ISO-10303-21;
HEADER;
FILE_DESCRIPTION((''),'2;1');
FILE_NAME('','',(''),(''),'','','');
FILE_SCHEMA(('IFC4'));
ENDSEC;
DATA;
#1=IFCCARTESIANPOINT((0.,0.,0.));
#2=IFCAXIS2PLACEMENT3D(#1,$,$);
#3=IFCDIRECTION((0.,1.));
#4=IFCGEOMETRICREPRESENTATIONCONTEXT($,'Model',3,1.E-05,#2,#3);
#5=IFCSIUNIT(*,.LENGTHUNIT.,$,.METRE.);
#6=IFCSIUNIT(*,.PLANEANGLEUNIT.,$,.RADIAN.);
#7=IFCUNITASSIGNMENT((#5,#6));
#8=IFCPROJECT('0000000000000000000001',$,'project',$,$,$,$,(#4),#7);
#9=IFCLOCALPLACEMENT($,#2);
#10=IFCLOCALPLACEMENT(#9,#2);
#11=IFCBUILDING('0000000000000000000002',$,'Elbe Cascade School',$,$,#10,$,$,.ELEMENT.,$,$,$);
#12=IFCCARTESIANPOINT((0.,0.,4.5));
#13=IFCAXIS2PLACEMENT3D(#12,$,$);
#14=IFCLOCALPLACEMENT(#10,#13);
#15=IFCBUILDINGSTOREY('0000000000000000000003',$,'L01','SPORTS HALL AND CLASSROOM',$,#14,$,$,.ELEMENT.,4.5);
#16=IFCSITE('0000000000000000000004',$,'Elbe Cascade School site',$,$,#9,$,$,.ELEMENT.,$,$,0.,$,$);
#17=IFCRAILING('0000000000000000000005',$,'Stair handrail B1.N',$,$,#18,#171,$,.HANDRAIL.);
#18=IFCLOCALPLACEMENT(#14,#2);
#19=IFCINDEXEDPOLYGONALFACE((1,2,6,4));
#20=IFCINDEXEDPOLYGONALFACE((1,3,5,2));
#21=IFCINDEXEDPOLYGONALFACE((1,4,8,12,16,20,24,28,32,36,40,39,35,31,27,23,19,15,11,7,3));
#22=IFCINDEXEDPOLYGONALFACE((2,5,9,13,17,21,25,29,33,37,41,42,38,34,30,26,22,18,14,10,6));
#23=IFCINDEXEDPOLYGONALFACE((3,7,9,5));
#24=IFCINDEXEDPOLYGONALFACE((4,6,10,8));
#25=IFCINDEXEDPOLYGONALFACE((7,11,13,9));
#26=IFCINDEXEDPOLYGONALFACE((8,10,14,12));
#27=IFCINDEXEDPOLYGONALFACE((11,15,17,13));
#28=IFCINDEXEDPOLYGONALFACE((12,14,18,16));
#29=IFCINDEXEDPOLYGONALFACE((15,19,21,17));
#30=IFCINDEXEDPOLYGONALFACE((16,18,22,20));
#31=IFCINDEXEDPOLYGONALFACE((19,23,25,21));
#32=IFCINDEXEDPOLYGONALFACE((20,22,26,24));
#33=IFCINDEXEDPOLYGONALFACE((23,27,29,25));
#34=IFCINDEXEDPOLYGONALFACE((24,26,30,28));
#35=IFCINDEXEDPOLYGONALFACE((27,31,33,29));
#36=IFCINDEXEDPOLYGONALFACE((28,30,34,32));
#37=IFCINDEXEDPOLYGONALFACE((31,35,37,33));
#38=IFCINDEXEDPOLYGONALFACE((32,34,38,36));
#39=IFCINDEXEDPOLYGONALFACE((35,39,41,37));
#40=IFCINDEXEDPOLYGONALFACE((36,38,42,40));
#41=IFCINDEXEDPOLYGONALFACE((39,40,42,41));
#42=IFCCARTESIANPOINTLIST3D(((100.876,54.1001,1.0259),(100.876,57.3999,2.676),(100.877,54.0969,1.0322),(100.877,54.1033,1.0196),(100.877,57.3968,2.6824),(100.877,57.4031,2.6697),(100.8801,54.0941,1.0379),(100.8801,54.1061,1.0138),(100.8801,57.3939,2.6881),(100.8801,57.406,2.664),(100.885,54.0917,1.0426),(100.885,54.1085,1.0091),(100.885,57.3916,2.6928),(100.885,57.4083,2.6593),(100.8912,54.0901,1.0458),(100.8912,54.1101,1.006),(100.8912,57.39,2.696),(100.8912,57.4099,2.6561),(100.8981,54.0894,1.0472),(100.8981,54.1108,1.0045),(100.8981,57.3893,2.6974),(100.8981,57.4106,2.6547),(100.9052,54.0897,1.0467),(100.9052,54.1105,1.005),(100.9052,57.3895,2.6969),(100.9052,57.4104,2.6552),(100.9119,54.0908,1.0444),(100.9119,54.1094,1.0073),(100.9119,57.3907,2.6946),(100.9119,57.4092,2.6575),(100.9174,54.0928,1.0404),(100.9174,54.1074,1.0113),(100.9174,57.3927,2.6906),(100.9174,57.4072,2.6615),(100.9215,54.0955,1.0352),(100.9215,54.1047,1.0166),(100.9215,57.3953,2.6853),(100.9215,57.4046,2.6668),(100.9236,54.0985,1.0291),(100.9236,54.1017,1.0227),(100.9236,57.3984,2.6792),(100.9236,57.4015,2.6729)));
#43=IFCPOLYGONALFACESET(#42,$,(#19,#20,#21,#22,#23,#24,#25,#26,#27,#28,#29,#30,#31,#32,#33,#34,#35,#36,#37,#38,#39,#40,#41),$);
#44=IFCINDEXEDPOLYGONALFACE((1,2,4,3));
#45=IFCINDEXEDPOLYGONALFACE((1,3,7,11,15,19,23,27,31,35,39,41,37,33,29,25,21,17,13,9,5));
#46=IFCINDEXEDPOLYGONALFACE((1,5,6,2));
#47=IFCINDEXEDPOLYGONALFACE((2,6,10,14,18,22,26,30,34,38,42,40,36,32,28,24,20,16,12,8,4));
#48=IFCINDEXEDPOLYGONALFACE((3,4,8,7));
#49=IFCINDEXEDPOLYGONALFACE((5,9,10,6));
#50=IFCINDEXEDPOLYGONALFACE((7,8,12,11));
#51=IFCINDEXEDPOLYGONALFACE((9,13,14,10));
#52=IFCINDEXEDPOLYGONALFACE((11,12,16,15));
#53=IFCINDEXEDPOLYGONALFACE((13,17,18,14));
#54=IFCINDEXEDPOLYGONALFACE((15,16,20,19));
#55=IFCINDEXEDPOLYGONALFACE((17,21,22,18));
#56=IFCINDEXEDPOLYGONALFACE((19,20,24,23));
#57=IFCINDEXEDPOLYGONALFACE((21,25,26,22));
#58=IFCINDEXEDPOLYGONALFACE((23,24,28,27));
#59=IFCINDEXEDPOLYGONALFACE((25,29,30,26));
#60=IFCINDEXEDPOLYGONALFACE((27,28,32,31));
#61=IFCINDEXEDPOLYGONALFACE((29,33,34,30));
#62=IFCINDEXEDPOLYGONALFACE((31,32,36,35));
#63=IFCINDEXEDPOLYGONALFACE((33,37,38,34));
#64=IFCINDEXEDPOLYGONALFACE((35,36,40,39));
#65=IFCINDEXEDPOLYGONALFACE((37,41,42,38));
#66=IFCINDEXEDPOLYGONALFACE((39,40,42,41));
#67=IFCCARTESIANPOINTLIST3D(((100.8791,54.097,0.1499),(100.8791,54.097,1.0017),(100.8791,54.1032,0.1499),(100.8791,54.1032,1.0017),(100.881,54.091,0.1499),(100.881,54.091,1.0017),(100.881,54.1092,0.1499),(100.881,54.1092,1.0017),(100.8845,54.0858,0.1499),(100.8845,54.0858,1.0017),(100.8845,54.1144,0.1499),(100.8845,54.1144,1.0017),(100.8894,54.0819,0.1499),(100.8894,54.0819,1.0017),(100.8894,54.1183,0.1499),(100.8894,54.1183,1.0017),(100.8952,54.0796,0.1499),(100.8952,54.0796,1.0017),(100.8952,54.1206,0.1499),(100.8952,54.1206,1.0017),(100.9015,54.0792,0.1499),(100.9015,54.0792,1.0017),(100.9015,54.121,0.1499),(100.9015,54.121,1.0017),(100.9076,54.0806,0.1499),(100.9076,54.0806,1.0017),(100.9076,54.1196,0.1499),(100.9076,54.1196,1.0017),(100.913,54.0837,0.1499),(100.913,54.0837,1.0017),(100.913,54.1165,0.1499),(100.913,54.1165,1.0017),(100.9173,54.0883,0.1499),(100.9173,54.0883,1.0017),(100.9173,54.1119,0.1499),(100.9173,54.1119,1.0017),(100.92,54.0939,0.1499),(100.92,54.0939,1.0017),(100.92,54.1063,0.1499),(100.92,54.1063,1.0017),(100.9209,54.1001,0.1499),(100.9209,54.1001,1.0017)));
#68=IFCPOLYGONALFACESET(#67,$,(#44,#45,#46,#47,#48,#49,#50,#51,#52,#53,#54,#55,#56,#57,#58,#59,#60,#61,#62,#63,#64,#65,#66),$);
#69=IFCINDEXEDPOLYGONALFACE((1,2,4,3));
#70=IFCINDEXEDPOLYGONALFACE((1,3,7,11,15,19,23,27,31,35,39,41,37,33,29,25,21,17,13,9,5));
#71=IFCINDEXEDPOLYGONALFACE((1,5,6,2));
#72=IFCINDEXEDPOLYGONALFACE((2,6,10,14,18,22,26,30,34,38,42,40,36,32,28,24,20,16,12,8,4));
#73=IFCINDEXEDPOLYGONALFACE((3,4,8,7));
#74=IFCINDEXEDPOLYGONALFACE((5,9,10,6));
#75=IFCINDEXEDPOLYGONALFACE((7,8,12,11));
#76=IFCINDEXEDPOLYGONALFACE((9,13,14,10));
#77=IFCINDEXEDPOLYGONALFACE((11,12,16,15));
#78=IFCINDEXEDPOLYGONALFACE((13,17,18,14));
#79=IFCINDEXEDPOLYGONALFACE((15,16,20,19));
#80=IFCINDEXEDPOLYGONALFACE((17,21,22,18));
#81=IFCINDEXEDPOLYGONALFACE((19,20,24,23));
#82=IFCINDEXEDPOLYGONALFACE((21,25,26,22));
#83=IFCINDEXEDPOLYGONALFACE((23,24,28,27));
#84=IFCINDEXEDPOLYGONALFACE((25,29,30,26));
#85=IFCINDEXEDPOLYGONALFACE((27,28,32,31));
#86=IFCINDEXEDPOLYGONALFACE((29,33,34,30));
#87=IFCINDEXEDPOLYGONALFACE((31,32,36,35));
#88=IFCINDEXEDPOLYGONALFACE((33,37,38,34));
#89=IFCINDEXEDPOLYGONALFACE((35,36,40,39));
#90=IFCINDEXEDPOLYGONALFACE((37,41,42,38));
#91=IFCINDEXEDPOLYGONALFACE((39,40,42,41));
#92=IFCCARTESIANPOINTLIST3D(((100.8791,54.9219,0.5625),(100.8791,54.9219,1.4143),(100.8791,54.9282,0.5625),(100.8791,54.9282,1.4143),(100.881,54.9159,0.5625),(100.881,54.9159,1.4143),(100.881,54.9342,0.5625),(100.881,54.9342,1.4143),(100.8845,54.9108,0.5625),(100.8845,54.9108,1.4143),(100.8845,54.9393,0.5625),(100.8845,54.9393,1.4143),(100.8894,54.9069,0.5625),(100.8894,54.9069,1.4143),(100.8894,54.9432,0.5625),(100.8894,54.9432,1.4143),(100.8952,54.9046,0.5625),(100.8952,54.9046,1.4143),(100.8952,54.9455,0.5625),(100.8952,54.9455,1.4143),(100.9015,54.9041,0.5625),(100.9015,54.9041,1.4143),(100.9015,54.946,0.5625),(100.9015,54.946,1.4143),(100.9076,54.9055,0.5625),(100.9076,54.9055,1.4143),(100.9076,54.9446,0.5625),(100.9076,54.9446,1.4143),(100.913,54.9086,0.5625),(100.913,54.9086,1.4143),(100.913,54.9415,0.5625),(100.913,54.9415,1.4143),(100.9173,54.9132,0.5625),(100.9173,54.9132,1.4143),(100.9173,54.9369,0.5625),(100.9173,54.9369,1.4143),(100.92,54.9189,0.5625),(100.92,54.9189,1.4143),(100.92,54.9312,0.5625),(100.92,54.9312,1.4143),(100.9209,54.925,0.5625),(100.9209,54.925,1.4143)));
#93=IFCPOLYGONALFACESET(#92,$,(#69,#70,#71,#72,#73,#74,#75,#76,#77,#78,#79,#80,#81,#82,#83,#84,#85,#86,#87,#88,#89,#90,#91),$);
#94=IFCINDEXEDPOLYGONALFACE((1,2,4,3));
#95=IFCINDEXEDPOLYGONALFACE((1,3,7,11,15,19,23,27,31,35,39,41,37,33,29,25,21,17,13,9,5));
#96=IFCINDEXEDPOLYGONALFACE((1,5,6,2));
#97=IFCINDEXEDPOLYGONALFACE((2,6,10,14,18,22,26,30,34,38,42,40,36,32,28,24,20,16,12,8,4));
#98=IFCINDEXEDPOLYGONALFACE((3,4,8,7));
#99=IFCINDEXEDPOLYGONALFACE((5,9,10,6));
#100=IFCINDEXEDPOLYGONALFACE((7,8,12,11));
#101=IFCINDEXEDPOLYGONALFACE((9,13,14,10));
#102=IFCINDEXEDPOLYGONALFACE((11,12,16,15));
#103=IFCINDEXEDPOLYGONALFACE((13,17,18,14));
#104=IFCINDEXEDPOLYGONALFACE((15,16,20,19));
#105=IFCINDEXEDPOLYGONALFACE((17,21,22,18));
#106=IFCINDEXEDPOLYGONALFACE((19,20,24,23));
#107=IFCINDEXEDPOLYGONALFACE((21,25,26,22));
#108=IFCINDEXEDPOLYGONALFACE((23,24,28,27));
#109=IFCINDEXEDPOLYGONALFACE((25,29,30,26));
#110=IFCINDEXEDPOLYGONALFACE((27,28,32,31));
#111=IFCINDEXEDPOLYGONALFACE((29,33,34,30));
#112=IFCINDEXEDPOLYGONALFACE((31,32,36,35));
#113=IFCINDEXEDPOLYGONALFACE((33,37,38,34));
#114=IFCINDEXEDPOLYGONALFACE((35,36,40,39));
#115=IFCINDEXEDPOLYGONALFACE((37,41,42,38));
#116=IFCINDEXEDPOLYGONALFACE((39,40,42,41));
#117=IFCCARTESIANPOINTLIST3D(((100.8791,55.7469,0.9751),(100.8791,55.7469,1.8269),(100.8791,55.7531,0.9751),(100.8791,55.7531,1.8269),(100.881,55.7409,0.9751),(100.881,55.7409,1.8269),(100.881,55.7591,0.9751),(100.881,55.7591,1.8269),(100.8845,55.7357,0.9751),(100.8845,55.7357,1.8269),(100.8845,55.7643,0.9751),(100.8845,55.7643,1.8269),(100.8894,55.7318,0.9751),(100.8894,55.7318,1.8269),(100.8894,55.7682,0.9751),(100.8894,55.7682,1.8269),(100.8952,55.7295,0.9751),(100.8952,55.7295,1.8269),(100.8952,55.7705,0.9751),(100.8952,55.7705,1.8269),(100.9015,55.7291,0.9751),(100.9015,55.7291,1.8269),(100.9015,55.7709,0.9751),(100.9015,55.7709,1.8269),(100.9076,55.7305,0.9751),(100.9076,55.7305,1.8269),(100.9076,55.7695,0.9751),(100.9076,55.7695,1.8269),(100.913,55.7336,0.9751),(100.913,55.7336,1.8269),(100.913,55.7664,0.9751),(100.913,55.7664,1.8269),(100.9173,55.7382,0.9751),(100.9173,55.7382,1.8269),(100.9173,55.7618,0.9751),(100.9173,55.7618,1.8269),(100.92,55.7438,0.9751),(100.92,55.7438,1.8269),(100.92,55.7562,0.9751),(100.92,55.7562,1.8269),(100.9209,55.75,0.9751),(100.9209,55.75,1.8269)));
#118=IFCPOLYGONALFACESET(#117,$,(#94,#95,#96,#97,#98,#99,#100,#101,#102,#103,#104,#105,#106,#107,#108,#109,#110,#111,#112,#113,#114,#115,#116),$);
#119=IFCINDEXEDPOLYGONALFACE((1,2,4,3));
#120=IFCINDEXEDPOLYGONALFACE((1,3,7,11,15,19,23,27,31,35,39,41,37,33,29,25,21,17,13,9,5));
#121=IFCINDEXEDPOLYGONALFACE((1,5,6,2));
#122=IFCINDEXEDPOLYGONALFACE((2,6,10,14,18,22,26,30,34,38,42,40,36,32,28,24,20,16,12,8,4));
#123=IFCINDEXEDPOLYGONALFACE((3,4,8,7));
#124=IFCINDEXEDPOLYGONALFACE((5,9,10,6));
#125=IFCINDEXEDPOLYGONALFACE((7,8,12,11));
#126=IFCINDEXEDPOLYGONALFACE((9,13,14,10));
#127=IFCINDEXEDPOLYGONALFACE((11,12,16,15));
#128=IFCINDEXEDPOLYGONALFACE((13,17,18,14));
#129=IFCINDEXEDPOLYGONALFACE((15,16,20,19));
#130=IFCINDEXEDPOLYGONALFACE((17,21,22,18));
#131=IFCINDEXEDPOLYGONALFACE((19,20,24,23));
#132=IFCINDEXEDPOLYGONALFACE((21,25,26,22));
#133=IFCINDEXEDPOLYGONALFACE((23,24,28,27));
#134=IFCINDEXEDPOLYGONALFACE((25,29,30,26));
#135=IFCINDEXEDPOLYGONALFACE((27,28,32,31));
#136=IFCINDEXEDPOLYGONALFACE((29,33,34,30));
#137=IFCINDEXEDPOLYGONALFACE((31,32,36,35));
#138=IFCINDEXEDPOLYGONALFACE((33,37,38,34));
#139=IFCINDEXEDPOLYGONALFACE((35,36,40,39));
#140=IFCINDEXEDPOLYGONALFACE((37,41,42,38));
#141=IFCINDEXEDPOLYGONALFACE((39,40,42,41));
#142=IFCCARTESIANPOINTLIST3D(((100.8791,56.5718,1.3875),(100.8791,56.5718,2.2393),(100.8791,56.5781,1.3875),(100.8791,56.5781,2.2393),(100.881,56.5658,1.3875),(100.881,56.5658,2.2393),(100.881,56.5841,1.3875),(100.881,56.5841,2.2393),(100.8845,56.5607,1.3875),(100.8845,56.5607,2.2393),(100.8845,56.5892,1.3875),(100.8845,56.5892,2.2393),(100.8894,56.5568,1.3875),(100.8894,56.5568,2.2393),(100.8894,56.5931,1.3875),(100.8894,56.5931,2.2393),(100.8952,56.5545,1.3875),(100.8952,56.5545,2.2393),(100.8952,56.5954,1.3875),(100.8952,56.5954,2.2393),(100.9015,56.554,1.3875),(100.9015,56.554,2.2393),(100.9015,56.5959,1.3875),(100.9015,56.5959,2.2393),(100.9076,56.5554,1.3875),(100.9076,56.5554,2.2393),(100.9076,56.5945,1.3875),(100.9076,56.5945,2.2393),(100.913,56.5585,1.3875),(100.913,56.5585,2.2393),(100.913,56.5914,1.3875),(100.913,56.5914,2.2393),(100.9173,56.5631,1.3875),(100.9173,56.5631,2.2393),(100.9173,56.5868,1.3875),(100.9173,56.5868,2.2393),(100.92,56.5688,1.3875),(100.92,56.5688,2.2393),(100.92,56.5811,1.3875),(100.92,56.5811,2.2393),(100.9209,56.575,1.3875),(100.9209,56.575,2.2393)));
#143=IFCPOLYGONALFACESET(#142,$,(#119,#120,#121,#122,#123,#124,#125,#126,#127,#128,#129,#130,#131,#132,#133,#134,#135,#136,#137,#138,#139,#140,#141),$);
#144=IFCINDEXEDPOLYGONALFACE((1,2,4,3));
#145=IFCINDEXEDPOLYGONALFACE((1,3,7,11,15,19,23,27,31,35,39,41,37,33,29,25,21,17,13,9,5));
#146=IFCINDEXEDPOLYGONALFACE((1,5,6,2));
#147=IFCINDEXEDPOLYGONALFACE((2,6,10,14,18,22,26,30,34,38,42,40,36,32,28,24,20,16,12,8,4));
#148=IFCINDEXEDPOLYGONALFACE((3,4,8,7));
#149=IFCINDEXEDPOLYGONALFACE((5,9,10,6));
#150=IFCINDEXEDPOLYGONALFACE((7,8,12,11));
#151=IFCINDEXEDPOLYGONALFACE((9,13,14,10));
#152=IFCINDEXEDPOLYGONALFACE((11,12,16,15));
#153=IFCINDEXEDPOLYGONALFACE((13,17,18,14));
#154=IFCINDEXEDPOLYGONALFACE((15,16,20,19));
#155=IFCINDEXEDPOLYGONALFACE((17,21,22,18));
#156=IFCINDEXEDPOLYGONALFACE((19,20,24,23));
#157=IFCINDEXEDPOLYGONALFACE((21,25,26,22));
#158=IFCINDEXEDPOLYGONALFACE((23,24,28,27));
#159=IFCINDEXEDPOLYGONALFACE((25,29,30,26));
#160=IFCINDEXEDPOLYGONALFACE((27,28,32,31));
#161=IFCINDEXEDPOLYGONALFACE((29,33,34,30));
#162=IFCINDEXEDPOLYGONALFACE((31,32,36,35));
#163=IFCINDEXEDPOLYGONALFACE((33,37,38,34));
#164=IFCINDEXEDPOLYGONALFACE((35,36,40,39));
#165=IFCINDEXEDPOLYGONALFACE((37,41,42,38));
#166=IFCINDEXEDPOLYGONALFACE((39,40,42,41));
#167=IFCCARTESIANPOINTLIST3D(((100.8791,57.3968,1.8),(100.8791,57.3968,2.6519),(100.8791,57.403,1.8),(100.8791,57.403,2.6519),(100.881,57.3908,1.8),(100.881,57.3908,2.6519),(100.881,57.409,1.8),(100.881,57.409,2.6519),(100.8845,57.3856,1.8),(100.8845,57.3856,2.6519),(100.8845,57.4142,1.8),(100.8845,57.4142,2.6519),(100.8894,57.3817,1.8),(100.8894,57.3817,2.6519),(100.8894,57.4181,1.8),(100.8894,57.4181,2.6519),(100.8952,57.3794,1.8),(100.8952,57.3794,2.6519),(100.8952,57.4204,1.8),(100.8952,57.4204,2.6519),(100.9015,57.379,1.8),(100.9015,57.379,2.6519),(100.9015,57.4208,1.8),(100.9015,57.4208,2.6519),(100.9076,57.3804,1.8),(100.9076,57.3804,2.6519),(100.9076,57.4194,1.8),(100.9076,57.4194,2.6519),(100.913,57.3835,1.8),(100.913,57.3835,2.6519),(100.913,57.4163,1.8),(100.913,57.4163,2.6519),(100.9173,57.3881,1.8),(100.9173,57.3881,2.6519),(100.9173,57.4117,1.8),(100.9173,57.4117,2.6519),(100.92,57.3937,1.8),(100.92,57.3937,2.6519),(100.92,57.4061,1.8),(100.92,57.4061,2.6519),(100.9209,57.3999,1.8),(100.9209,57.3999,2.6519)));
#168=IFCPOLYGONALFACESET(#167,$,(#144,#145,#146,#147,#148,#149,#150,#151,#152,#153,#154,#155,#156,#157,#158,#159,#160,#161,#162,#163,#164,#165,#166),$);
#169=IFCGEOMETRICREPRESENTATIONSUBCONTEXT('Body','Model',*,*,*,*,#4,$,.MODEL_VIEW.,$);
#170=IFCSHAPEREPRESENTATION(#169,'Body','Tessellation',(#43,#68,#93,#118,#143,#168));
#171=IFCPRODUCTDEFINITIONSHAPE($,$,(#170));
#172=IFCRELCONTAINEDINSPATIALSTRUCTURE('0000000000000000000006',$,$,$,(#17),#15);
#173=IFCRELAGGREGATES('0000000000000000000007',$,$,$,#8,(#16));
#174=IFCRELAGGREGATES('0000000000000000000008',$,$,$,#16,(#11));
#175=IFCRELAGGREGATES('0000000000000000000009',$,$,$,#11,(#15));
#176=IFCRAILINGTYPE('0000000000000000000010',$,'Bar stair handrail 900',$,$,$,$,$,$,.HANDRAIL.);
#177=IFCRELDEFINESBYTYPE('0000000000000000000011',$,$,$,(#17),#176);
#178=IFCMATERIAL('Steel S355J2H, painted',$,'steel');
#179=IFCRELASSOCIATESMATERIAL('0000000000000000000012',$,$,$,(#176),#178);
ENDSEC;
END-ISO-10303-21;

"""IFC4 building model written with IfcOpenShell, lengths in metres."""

from ifc_helpers import new_model, si_unit, direction, frame, origin, origin_2d, place, context, subcontext, project, spatial, circle, extrude, material, type_object, element, save


model = new_model("IFC4")

# Units and contexts
model_context = context("Model", 3, precision=1e-05, world=origin(), true_north=direction((0.0, 1.0)))
body_context = subcontext(model_context, "Body", "Model", "MODEL_VIEW")
ifc_project = project(units=[si_unit("LENGTHUNIT", "METRE"), si_unit("PLANEANGLEUNIT", "RADIAN")], contexts=[model_context])

# Site, building, storey
site_placement = place(None, origin())
site = spatial("IfcSite", under=ifc_project, at=site_placement, Name="Elbe Cascade School site", CompositionType="ELEMENT", RefElevation=0.0)
building_placement = place(site_placement, origin())
building = spatial("IfcBuilding", under=site, at=building_placement, Name="Elbe Cascade School", CompositionType="ELEMENT")
storey_placement = place(building_placement, frame((0.0, 0.0, 4.5)))
storey = spatial("IfcBuildingStorey", under=building, at=storey_placement, Name="L01", Description="SPORTS HALL AND CLASSROOM", CompositionType="ELEMENT", Elevation=4.5)

# Railing
ifc_material_1 = material(Name="Steel S355J2H, painted", Category="steel")
railing_type_1 = type_object("IfcRailingType", Name="Bar stair handrail 900", PredefinedType="HANDRAIL", material=ifc_material_1)
railing_1_placement = place(storey_placement, frame((100.8999, 54.1001, 0.1499)))
element("IfcRailing", 1, at=railing_1_placement, inside=storey, type_object=railing_type_1, Name="Stair handrail B1.N", PredefinedType="HANDRAIL", context=body_context, shape_type="SweptSolid", body=[
    extrude(circle(Radius=0.0239, at=origin_2d()), frame((0.0, 0.0, 0.876), z_axis=(0.0, 0.894401, 0.447267), x_axis=(-1.0, 0.0, 0.0)), (0.0, 0.0, 1.0), 3.6895),
    extrude(circle(Radius=0.021, at=origin_2d()), origin(), (0.0, 0.0, 1.0), 0.8518),
    extrude(circle(Radius=0.021, at=origin_2d()), frame((0.0, 0.825, 0.4126)), (0.0, 0.0, 1.0), 0.8518),
    extrude(circle(Radius=0.021, at=origin_2d()), frame((0.0, 1.6499, 0.8252)), (0.0, 0.0, 1.0), 0.8518),
    extrude(circle(Radius=0.021, at=origin_2d()), frame((0.0, 2.4749, 1.2375)), (0.0, 0.0, 1.0), 0.8518),
    extrude(circle(Radius=0.021, at=origin_2d()), frame((0.0, 3.2998, 1.6501)), (0.0, 0.0, 1.0), 0.8518),
])

save(model, "model.ifc")
